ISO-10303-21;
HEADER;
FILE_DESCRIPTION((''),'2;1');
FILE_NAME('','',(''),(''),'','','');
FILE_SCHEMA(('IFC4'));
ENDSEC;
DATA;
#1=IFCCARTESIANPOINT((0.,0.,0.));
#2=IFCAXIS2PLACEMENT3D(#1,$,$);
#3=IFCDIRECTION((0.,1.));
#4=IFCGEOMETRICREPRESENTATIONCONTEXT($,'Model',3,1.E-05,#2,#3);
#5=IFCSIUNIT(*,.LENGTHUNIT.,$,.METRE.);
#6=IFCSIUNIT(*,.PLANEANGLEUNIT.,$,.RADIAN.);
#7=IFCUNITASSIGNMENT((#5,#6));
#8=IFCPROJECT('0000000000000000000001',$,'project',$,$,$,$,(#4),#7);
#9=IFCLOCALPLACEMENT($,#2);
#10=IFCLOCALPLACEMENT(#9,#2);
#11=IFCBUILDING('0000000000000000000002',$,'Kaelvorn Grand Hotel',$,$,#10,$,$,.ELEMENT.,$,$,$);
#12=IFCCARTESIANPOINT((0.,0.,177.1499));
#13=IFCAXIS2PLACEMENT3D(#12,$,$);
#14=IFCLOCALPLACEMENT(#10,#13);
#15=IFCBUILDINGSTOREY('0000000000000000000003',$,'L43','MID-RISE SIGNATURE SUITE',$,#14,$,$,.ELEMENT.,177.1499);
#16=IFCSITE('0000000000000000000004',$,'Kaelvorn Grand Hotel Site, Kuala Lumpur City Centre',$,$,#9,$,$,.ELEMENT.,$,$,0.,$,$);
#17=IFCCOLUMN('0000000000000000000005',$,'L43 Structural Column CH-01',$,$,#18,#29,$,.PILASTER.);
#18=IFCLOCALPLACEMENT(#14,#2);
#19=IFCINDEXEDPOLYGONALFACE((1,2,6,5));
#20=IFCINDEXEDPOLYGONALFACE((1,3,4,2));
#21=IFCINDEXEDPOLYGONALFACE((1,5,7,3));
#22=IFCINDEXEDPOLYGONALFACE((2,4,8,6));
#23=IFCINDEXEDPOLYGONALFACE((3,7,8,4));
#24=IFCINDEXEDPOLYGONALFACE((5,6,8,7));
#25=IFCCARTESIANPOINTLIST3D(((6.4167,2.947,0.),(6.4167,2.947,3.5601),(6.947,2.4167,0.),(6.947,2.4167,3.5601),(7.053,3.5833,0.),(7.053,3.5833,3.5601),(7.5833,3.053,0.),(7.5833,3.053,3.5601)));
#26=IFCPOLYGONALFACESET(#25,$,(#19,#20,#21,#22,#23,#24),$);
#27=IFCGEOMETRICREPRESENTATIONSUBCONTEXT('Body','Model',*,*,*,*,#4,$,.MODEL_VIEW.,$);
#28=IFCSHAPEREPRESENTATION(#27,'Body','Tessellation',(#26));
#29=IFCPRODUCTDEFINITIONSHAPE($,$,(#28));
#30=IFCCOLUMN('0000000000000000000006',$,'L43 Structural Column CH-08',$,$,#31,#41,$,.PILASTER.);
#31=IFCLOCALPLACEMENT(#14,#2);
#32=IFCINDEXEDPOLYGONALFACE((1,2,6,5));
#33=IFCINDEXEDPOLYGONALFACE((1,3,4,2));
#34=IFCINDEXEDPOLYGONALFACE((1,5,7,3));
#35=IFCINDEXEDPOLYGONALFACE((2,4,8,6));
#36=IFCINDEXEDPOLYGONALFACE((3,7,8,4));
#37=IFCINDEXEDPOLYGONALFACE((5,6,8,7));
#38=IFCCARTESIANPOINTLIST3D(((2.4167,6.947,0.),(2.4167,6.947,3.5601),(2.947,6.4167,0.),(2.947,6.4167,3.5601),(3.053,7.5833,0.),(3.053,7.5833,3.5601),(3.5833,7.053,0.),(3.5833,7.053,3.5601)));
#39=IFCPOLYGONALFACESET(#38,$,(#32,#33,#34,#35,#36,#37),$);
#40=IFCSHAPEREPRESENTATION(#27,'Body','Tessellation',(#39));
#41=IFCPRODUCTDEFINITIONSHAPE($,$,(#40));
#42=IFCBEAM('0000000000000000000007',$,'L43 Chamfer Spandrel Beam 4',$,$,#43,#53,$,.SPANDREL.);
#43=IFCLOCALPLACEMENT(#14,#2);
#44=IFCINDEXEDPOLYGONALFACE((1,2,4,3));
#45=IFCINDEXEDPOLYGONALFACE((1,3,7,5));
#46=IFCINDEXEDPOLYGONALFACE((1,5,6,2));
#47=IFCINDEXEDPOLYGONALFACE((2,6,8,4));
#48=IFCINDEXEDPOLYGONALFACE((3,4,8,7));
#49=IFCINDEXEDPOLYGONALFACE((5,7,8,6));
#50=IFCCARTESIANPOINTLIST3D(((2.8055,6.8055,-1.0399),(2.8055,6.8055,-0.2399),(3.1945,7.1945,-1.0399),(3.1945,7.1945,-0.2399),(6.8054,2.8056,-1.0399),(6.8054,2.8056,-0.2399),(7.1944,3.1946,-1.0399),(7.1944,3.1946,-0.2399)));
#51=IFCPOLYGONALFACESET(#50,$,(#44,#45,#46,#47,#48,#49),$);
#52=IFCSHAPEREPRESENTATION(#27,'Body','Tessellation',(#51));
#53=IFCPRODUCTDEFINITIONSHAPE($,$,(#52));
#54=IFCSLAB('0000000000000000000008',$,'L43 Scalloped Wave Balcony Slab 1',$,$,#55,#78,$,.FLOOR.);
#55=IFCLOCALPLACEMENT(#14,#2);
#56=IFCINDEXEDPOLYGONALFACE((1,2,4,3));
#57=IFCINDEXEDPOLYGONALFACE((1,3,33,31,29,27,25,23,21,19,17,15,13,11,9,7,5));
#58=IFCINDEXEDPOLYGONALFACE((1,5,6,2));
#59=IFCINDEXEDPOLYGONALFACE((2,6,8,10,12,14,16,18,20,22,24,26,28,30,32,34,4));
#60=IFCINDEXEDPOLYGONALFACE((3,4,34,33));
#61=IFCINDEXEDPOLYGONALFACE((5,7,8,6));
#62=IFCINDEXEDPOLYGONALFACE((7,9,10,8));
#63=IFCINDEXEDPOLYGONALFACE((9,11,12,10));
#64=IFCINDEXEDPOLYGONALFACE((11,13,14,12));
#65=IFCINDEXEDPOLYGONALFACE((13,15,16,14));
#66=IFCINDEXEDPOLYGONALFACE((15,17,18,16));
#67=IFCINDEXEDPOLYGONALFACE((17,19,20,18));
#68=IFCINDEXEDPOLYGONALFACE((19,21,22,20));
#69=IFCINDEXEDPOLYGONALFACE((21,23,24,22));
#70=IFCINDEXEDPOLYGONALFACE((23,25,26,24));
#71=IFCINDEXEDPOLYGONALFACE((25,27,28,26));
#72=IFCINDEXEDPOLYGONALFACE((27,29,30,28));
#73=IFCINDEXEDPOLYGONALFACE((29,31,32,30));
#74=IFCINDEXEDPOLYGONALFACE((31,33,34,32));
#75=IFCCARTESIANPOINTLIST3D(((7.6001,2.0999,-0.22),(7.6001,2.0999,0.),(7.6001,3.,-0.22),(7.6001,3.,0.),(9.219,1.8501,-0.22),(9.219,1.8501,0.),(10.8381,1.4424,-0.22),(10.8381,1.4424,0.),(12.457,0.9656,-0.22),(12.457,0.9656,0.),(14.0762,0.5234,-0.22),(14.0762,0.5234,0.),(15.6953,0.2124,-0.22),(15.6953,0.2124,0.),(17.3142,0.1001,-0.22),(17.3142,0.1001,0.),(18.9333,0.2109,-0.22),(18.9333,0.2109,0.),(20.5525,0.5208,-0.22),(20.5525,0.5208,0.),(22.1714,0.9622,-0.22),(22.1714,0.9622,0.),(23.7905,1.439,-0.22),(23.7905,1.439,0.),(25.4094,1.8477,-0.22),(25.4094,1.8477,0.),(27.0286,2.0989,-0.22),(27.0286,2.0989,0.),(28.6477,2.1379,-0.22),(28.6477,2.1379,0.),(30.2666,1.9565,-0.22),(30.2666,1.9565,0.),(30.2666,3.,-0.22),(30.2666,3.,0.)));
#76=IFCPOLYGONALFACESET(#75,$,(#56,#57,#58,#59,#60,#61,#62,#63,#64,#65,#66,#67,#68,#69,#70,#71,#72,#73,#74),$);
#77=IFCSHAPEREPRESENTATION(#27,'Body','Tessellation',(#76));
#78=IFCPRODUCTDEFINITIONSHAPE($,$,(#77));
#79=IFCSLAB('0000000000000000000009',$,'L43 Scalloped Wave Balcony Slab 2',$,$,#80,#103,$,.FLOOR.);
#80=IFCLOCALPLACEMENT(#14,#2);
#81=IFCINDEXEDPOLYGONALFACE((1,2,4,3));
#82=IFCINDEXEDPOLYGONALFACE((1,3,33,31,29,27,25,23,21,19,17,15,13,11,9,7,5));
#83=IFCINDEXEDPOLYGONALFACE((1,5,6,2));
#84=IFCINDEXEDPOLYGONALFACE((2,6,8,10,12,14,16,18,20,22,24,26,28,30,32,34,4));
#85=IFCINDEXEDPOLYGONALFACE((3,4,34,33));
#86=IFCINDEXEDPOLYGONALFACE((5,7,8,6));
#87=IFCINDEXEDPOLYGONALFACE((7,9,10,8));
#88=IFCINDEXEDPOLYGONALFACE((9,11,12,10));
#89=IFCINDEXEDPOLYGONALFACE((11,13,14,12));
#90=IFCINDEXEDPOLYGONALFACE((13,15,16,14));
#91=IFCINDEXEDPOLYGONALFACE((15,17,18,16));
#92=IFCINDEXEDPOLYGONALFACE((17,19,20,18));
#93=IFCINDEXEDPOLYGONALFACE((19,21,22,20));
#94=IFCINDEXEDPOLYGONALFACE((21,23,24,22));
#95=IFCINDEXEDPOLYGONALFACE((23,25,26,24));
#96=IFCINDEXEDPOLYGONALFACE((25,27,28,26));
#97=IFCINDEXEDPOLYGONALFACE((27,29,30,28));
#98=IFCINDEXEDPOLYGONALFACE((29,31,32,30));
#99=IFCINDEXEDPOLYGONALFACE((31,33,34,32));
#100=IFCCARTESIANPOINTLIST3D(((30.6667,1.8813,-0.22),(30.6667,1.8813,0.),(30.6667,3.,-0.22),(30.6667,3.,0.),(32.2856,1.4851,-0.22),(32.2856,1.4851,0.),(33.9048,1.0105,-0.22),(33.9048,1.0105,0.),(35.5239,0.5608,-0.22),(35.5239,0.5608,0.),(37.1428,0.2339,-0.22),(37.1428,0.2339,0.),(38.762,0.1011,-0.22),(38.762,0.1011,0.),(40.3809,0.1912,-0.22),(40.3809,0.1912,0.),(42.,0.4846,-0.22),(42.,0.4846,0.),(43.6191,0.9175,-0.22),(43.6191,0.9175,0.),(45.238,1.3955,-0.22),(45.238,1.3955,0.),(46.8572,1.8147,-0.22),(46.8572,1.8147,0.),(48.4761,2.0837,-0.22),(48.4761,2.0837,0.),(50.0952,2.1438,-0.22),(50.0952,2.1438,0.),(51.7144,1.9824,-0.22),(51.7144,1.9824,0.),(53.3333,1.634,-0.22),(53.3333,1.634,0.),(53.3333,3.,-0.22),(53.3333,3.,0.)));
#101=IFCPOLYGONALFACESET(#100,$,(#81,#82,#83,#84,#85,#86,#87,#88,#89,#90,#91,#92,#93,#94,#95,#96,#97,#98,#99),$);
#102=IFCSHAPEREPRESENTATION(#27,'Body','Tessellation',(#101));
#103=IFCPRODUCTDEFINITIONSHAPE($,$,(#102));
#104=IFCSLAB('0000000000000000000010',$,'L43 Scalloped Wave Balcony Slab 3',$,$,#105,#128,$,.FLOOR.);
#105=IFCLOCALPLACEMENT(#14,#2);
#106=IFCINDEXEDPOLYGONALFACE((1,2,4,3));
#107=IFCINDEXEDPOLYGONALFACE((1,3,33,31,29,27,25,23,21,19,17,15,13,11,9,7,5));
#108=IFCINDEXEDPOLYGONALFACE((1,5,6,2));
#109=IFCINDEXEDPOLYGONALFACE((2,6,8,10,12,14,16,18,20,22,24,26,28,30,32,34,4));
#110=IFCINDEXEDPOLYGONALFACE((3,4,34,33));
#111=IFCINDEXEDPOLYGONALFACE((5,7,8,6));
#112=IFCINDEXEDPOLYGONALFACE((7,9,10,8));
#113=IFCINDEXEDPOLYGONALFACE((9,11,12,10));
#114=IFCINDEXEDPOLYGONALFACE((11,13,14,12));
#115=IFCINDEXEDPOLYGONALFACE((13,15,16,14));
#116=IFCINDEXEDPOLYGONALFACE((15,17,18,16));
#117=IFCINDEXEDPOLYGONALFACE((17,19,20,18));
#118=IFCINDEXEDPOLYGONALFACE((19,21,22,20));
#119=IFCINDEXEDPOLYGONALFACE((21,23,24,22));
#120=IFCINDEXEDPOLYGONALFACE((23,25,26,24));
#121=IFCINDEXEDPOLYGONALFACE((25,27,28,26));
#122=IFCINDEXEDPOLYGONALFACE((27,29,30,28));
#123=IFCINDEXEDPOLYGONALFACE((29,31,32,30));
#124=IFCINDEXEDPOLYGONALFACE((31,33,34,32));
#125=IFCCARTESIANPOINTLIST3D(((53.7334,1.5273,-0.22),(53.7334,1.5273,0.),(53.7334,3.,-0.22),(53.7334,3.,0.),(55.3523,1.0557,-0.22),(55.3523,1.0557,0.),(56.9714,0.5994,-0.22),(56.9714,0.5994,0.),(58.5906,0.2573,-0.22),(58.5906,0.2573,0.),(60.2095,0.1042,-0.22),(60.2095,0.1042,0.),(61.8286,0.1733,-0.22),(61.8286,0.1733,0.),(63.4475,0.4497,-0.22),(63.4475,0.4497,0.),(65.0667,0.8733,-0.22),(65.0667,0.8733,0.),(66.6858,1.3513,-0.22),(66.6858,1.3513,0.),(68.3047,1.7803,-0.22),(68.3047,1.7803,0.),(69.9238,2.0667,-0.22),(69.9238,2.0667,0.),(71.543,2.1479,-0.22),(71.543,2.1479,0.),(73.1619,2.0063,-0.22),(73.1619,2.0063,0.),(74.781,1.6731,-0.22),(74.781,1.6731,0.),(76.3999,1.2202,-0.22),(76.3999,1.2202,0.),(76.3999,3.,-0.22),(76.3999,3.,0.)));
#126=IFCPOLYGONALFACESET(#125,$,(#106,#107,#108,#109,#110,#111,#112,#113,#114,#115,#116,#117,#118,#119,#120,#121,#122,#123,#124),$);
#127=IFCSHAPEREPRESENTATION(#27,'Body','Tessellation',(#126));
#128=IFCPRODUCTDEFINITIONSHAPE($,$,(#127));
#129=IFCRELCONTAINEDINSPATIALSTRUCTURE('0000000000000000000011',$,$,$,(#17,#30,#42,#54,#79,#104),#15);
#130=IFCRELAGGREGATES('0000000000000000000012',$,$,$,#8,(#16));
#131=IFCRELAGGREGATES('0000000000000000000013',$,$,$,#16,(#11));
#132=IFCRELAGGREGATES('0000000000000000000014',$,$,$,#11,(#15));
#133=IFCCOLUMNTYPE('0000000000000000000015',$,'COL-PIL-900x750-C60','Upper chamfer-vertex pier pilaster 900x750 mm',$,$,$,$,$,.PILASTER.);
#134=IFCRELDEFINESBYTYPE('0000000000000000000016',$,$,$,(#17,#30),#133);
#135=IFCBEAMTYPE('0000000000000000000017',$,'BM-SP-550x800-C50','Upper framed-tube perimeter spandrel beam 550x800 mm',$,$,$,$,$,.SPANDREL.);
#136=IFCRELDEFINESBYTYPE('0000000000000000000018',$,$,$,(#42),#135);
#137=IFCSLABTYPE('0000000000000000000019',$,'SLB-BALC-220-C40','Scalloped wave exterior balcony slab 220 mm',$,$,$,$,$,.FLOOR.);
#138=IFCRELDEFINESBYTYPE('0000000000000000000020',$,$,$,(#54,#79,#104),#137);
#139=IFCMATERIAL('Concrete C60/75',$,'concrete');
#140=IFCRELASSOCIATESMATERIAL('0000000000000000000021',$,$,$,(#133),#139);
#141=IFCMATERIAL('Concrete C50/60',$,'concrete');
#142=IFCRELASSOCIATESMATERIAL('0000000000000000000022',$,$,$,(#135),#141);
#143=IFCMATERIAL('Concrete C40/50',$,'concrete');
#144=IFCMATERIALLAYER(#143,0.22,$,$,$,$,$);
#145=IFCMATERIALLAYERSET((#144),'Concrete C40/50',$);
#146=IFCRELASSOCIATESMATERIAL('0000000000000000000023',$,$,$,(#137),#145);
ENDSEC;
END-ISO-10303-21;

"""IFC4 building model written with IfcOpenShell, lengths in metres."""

from ifc_helpers import new_model, si_unit, direction, frame, origin, origin_2d, place, context, subcontext, project, spatial, polyline, rectangle, outline, extrude, material, layer, layer_set, material_profile, profile_set, type_object, element, save


model = new_model("IFC4")

# Units and contexts
model_context = context("Model", 3, precision=1e-05, world=origin(), true_north=direction((0.0, 1.0)))
body_context = subcontext(model_context, "Body", "Model", "MODEL_VIEW")
ifc_project = project(units=[si_unit("LENGTHUNIT", "METRE"), si_unit("PLANEANGLEUNIT", "RADIAN")], contexts=[model_context])

# Site, building, storey
site_placement = place(None, origin())
site = spatial("IfcSite", under=ifc_project, at=site_placement, Name="Kaelvorn Grand Hotel Site, Kuala Lumpur City Centre", CompositionType="ELEMENT", RefElevation=0.0)
building_placement = place(site_placement, origin())
building = spatial("IfcBuilding", under=site, at=building_placement, Name="Kaelvorn Grand Hotel", CompositionType="ELEMENT")
storey_placement = place(building_placement, frame((0.0, 0.0, 177.1499)))
storey = spatial("IfcBuildingStorey", under=building, at=storey_placement, Name="L43", Description="MID-RISE SIGNATURE SUITE", CompositionType="ELEMENT", Elevation=177.1499)

# Columns
ifc_material_1 = material(Name="Concrete C60/75", Category="concrete")
ifc_material_profile_1 = material_profile(ifc_material_1, rectangle(XDim=0.8999, YDim=0.75, at=origin_2d()), Name="RC PILASTER 900x750")
ifc_profile_set_1 = profile_set([ifc_material_profile_1], Name="Concrete C60/75")
column_type = type_object("IfcColumnType", Name="COL-PIL-900x750-C60", Description="Upper chamfer-vertex pier pilaster 900x750 mm", PredefinedType="PILASTER", material=ifc_profile_set_1)
for number, where, z_axis, x_axis, name in (
    (1, (7.0, 3.0, 0.0), (0.0, 0.0, 1.0), (0.707107, 0.707107, 0.0), "L43 Structural Column CH-01"),
    (2, (3.0, 7.0, 0.0), (0.0, 0.0, 1.0), (0.707107, 0.707107, 0.0), "L43 Structural Column CH-08"),
):
    element("IfcColumn", number, at=place(storey_placement, frame(where, z_axis=z_axis, x_axis=x_axis)), inside=storey, type_object=column_type, Name=name, PredefinedType="PILASTER", context=body_context, shape_type="SweptSolid", body=[
        extrude(rectangle(XDim=0.8999, YDim=0.75, at=origin_2d()), origin(), (0.0, 0.0, 1.0), 3.5601),
    ])

# Beam
ifc_material_2 = material(Name="Concrete C50/60", Category="concrete")
ifc_material_profile_2 = material_profile(ifc_material_2, rectangle(XDim=0.55, YDim=0.8, at=origin_2d()), Name="RC SPANDREL 550x800")
ifc_profile_set_2 = profile_set([ifc_material_profile_2], Name="Concrete C50/60")
beam_type = type_object("IfcBeamType", Name="BM-SP-550x800-C50", Description="Upper framed-tube perimeter spandrel beam 550x800 mm", PredefinedType="SPANDREL", material=ifc_profile_set_2)
beam_placement = place(storey_placement, frame((3.0, 7.0, -0.6399), z_axis=(0.707107, -0.707107, 0.0), x_axis=(0.707107, 0.707107, 0.0)))
element("IfcBeam", 3, at=beam_placement, inside=storey, type_object=beam_type, Name="L43 Chamfer Spandrel Beam 4", PredefinedType="SPANDREL", context=body_context, shape_type="SweptSolid", body=[
    extrude(rectangle(XDim=0.55, YDim=0.8, at=origin_2d()), origin(), (0.0, 0.0, 1.0), 5.6567),
])

# Slabs
ifc_material_3 = material(Name="Concrete C40/50", Category="concrete")
ifc_layer_1 = layer(ifc_material_3, 0.22)
ifc_layer_set_1 = layer_set([ifc_layer_1], Name="Concrete C40/50")
slab_type_1 = type_object("IfcSlabType", Name="SLB-BALC-220-C40", Description="Scalloped wave exterior balcony slab 220 mm", PredefinedType="FLOOR", material=ifc_layer_set_1)
slab_1_placement = place(storey_placement, frame((0.0, 0.0, -0.22)))
element("IfcSlab", 4, at=slab_1_placement, inside=storey, type_object=slab_type_1, Name="L43 Scalloped Wave Balcony Slab 1", PredefinedType="FLOOR", context=body_context, shape_type="SweptSolid", body=[
    extrude(outline(polyline([(7.6001, 2.0999), (9.219, 1.8501), (10.8381, 1.4424), (12.457, 0.9656), (14.0762, 0.5234), (15.6953, 0.2124), (17.3142, 0.1001), (18.9333, 0.2109), (20.5525, 0.5208), (22.1714, 0.9622), (23.7905, 1.439), (25.4094, 1.8477), (27.0286, 2.0989), (28.6477, 2.1379), (30.2666, 1.9565), (30.2666, 3.0), (7.6001, 3.0), (7.6001, 2.0999)])), origin(), (0.0, 0.0, 1.0), 0.22),
])
slab_2_placement = place(storey_placement, frame((0.0, 0.0, -0.22)))
element("IfcSlab", 5, at=slab_2_placement, inside=storey, type_object=slab_type_1, Name="L43 Scalloped Wave Balcony Slab 2", PredefinedType="FLOOR", context=body_context, shape_type="SweptSolid", body=[
    extrude(outline(polyline([(30.6667, 1.8813), (32.2856, 1.4851), (33.9048, 1.0105), (35.5239, 0.5608), (37.1428, 0.2339), (38.762, 0.1011), (40.3809, 0.1912), (42.0, 0.4846), (43.6191, 0.9175), (45.238, 1.3955), (46.8572, 1.8147), (48.4761, 2.0837), (50.0952, 2.1438), (51.7144, 1.9824), (53.3333, 1.634), (53.3333, 3.0), (30.6667, 3.0), (30.6667, 1.8813)])), origin(), (0.0, 0.0, 1.0), 0.22),
])
slab_3_placement = place(storey_placement, frame((0.0, 0.0, -0.22)))
element("IfcSlab", 6, at=slab_3_placement, inside=storey, type_object=slab_type_1, Name="L43 Scalloped Wave Balcony Slab 3", PredefinedType="FLOOR", context=body_context, shape_type="SweptSolid", body=[
    extrude(outline(polyline([(53.7334, 1.5273), (55.3523, 1.0557), (56.9714, 0.5994), (58.5906, 0.2573), (60.2095, 0.1042), (61.8286, 0.1733), (63.4475, 0.4497), (65.0667, 0.8733), (66.6858, 1.3513), (68.3047, 1.7803), (69.9238, 2.0667), (71.543, 2.1479), (73.1619, 2.0063), (74.781, 1.6731), (76.3999, 1.2202), (76.3999, 3.0), (53.7334, 3.0), (53.7334, 1.5273)])), origin(), (0.0, 0.0, 1.0), 0.22),
])

save(model, "model.ifc")
